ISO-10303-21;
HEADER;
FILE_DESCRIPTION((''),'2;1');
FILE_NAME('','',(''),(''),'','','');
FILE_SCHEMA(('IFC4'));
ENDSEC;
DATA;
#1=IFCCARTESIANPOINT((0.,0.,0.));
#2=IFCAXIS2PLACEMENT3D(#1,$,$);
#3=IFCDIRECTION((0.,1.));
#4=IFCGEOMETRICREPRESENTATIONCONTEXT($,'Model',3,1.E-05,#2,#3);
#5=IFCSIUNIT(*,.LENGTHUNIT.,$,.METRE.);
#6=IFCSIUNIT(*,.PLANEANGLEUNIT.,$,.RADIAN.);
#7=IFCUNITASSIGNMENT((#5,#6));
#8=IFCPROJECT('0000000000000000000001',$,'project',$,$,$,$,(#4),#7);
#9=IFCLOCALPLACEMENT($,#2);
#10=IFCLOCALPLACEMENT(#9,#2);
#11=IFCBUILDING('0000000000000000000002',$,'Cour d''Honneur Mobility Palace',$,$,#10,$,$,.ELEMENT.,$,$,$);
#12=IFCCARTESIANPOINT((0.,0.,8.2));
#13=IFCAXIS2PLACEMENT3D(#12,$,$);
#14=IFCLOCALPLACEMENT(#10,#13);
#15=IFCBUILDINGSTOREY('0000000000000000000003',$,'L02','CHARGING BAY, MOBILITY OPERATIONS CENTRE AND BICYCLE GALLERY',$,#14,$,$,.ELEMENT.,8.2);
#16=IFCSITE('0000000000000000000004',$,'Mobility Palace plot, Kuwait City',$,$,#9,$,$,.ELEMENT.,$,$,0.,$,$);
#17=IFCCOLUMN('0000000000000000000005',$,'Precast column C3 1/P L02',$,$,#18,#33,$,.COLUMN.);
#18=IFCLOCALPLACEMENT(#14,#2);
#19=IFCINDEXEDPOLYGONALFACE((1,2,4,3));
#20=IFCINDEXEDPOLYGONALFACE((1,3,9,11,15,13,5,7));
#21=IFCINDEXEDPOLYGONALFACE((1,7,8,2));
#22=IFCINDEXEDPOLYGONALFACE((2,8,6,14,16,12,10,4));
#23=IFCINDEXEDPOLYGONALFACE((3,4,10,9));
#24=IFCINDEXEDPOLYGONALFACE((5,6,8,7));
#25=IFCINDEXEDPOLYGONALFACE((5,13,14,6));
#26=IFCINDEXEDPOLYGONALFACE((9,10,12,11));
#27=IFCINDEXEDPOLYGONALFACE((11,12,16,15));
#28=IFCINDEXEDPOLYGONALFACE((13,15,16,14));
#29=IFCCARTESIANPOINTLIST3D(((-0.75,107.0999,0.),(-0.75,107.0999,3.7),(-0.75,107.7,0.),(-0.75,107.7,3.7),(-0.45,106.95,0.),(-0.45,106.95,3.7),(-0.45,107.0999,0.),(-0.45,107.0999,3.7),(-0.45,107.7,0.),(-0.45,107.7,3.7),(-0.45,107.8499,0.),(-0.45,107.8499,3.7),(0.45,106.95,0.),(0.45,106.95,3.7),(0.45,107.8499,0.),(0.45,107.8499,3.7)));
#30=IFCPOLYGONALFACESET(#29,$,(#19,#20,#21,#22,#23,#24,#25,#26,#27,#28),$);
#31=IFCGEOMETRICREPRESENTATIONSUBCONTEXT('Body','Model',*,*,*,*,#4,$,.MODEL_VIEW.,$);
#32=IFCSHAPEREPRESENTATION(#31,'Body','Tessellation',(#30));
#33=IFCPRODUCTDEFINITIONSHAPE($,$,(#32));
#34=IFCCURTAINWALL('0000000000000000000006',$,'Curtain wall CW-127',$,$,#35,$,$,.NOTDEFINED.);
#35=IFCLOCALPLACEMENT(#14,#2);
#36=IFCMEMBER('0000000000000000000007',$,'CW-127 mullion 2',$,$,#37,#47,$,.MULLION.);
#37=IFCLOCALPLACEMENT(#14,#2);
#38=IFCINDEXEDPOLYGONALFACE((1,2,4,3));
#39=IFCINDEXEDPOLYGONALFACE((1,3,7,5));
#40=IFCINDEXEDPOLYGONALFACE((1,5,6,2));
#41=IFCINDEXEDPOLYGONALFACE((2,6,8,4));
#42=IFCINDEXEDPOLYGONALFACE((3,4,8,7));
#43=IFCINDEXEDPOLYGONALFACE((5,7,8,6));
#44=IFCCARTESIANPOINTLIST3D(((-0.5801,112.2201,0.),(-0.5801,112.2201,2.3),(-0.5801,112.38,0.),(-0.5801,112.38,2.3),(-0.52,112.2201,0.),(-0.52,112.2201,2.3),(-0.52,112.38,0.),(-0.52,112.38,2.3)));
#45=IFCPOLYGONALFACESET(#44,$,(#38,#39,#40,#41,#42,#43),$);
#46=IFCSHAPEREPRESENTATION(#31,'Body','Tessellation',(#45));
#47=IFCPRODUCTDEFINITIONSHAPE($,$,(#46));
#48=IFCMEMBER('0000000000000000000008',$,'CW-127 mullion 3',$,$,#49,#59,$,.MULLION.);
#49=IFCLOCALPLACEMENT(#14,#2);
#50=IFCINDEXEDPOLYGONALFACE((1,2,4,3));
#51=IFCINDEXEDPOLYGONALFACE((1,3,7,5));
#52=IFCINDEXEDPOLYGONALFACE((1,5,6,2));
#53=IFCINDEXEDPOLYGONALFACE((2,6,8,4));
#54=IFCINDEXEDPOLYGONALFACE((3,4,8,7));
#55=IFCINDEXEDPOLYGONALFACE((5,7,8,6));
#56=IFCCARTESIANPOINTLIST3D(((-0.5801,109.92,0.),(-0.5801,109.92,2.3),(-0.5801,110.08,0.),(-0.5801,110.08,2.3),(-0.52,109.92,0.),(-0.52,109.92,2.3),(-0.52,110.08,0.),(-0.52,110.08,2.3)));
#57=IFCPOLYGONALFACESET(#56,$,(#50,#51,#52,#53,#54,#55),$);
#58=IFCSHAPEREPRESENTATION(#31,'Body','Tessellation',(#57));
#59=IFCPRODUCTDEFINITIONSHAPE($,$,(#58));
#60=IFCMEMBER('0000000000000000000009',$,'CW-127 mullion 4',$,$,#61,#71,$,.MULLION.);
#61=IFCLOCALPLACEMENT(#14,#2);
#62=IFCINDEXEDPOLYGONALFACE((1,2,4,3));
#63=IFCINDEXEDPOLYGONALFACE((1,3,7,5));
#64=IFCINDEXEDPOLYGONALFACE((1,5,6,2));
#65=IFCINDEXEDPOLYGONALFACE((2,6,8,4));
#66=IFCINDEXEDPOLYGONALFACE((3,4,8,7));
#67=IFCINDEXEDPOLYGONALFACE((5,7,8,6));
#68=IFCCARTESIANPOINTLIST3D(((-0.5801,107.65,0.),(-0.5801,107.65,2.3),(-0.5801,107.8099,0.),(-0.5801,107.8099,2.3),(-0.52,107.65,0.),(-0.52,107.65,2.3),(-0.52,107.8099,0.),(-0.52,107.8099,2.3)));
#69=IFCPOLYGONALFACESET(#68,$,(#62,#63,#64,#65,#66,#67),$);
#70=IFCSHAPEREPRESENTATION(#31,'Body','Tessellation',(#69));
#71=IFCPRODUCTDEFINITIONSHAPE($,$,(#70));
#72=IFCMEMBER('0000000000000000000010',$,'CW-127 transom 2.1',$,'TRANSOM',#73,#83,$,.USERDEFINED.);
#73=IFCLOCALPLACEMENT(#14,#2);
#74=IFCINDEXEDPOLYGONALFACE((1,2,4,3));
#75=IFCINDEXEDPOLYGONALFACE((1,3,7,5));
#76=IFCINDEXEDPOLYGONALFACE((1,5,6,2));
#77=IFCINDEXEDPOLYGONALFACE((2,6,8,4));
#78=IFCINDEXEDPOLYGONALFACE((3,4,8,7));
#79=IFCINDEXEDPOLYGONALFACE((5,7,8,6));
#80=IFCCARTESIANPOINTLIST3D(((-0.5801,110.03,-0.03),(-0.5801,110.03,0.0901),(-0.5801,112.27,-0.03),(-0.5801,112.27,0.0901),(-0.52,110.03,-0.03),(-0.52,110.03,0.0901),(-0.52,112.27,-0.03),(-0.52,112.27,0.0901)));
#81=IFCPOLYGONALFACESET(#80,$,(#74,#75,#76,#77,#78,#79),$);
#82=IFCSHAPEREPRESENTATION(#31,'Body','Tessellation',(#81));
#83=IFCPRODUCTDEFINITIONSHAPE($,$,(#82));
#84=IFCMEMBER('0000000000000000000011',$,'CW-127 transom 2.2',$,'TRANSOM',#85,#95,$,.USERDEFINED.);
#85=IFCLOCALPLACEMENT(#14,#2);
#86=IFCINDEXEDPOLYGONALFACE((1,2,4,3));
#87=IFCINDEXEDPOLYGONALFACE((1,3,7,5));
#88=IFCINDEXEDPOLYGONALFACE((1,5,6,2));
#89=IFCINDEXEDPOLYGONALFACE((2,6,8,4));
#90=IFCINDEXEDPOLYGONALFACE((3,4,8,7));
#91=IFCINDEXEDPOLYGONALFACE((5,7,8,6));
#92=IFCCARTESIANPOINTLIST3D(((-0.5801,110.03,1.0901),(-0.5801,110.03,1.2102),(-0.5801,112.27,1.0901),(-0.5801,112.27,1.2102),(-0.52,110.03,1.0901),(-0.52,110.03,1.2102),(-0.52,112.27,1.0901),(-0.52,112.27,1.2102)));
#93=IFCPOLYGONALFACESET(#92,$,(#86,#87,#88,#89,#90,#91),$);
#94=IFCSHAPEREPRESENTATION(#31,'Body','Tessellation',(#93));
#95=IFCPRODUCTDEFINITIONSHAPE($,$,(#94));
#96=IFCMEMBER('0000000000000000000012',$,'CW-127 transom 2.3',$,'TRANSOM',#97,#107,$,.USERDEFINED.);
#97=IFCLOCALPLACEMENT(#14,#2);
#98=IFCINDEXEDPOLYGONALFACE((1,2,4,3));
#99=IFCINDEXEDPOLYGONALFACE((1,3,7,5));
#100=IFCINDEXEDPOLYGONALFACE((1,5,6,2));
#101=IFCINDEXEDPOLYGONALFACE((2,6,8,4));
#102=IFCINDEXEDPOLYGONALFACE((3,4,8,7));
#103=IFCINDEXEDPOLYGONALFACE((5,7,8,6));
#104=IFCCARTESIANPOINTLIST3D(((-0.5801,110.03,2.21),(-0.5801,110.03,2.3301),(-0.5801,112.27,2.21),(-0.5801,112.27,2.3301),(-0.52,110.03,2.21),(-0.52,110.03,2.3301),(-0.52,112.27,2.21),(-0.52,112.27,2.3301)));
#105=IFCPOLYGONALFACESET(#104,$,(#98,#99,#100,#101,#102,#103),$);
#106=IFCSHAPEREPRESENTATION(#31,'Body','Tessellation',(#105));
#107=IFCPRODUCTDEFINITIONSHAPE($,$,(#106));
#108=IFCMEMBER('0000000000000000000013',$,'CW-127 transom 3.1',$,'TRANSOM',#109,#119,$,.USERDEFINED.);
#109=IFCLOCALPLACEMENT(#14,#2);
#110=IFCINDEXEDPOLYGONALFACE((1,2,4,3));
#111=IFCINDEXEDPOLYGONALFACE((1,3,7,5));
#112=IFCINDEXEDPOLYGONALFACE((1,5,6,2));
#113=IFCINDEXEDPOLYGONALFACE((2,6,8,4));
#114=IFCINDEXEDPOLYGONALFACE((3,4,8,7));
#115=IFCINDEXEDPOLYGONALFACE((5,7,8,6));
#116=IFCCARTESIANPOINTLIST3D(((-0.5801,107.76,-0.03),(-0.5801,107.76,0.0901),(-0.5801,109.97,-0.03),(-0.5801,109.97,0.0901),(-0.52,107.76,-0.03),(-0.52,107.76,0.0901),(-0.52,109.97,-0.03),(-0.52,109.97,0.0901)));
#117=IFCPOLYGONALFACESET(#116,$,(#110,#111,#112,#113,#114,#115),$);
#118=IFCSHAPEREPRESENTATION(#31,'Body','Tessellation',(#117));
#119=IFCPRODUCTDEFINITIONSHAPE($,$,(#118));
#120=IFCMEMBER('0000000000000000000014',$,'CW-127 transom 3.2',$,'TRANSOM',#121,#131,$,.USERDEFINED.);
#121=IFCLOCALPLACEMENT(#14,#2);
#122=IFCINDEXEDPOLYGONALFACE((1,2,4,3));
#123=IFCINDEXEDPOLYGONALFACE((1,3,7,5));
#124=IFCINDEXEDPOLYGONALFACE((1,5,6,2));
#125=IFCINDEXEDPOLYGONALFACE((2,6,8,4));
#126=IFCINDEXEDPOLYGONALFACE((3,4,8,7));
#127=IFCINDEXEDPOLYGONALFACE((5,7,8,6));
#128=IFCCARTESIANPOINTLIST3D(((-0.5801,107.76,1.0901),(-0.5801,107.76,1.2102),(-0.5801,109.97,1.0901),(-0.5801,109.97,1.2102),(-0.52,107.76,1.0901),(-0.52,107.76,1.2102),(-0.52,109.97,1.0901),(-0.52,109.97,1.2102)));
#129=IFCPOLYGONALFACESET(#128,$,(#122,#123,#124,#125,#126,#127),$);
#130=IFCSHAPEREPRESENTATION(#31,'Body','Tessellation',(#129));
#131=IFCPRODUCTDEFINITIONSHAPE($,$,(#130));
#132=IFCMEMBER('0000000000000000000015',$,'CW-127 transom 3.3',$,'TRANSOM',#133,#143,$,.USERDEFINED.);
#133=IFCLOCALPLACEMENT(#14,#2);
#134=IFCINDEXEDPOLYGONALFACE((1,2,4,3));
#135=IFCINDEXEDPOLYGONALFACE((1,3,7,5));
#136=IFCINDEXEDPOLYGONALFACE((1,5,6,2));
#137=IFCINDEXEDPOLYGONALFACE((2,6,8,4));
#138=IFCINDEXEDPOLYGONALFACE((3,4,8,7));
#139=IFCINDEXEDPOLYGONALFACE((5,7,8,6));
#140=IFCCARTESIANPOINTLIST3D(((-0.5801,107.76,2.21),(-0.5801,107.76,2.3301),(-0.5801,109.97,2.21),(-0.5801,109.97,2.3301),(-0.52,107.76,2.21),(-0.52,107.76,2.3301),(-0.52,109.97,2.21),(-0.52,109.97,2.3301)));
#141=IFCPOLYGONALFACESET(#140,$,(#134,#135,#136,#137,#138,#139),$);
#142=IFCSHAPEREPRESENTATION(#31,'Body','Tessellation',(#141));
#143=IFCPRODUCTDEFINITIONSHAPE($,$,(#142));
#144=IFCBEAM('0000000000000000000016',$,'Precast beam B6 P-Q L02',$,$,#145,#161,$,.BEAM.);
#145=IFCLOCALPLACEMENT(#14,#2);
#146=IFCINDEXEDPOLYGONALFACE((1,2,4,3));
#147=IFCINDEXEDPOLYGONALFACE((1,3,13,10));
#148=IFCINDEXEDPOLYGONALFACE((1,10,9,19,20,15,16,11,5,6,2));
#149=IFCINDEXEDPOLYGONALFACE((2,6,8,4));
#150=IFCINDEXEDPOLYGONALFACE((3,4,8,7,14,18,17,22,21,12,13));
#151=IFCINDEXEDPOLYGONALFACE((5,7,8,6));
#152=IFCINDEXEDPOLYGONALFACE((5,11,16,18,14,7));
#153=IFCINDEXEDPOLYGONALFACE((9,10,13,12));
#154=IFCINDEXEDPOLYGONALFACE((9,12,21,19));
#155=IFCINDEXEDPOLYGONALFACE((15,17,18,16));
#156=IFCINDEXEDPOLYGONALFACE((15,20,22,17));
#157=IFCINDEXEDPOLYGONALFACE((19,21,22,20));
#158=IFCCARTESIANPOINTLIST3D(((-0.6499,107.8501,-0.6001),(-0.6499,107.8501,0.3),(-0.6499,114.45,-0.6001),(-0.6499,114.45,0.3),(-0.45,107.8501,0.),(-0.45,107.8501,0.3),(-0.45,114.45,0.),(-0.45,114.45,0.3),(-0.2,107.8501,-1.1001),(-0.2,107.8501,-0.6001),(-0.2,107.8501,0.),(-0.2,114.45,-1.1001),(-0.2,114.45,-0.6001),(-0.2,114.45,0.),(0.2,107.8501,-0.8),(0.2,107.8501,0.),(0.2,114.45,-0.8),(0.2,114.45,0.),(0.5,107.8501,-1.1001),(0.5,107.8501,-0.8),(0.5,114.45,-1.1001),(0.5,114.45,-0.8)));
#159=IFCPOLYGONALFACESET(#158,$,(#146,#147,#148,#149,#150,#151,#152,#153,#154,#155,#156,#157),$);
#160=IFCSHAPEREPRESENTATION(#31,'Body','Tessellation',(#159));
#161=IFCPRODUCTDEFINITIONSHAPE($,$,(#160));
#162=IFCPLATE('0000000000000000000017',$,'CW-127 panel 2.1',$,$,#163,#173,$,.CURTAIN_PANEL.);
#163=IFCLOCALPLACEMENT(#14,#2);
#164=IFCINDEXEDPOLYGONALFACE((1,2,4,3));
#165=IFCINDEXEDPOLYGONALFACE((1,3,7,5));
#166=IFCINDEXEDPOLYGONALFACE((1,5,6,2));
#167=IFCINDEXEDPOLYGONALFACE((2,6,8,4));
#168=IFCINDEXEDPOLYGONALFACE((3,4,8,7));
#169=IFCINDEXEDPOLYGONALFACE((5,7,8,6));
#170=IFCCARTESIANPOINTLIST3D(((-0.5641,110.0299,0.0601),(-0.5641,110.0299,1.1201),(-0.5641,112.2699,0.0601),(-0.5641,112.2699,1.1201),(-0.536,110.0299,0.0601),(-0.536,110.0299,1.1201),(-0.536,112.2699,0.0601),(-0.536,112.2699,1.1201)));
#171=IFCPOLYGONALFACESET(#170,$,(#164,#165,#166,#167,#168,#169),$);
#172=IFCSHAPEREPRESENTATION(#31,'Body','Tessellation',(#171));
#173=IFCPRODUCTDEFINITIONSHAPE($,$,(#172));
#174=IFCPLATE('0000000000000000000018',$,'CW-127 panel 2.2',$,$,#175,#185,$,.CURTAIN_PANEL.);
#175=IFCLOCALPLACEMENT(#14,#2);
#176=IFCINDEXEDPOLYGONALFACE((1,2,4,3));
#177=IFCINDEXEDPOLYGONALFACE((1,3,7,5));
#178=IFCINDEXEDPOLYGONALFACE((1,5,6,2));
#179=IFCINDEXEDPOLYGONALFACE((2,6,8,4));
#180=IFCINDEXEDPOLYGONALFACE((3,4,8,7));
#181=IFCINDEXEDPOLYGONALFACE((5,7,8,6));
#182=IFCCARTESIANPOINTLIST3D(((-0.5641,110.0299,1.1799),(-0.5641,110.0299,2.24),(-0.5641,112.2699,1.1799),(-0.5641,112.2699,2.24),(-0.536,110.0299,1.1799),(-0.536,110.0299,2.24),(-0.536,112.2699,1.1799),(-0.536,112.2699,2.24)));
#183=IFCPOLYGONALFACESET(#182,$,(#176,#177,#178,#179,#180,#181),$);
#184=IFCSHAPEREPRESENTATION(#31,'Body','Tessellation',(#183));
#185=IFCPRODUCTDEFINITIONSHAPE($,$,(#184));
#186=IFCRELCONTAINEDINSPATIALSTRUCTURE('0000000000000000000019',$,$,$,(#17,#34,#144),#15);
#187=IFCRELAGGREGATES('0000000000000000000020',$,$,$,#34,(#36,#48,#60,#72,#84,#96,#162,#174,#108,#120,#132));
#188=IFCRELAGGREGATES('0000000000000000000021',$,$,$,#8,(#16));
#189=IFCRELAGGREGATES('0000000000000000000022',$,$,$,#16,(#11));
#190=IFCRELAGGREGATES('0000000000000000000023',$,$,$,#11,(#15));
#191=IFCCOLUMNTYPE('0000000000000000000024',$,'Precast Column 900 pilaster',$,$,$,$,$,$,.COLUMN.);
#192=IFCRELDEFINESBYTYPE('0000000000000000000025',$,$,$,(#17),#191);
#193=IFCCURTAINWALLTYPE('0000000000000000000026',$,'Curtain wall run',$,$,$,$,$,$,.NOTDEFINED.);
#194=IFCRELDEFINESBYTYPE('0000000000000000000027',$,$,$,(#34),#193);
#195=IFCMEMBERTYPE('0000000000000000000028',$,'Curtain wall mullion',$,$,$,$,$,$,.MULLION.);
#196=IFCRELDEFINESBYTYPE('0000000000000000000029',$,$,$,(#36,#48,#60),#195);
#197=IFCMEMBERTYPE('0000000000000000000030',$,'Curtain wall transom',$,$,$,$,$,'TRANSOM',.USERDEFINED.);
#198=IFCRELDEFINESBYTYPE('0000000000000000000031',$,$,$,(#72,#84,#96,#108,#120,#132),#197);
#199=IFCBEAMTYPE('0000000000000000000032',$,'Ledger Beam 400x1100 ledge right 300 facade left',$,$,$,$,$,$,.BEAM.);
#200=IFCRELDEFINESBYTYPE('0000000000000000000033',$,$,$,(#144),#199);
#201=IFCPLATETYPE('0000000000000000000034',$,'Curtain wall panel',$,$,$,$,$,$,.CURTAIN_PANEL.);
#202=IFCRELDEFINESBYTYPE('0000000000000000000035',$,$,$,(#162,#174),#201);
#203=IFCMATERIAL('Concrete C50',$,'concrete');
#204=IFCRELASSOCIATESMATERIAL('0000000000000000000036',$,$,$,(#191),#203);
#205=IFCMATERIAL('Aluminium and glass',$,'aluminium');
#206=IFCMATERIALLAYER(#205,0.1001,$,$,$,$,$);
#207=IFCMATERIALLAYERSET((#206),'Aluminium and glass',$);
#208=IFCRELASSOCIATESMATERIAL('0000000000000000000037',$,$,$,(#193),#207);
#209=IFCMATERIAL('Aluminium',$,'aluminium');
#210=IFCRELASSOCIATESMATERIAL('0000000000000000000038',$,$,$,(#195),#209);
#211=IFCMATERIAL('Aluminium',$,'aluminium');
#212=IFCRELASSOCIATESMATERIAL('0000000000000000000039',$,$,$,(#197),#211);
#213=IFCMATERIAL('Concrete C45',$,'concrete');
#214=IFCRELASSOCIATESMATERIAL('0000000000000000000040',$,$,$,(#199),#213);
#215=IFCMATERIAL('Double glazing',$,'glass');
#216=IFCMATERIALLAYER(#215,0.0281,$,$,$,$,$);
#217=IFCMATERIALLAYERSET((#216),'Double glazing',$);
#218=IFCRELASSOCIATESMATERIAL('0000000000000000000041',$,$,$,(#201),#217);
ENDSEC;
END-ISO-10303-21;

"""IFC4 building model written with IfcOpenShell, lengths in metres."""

from ifc_helpers import new_model, si_unit, direction, frame, origin, origin_2d, place, context, subcontext, project, spatial, polyline, rectangle, outline, extrude, material, layer, layer_set, material_profile, profile_set, type_object, element, aggregate, save


model = new_model("IFC4")

# Units and contexts
model_context = context("Model", 3, precision=1e-05, world=origin(), true_north=direction((0.0, 1.0)))
body_context = subcontext(model_context, "Body", "Model", "MODEL_VIEW")
ifc_project = project(units=[si_unit("LENGTHUNIT", "METRE"), si_unit("PLANEANGLEUNIT", "RADIAN")], contexts=[model_context])

# Site, building, storey
site_placement = place(None, origin())
site = spatial("IfcSite", under=ifc_project, at=site_placement, Name="Mobility Palace plot, Kuwait City", CompositionType="ELEMENT", RefElevation=0.0)
building_placement = place(site_placement, origin())
building = spatial("IfcBuilding", under=site, at=building_placement, Name="Cour d'Honneur Mobility Palace", CompositionType="ELEMENT")
storey_placement = place(building_placement, frame((0.0, 0.0, 8.2)))
storey = spatial("IfcBuildingStorey", under=building, at=storey_placement, Name="L02", Description="CHARGING BAY, MOBILITY OPERATIONS CENTRE AND BICYCLE GALLERY", CompositionType="ELEMENT", Elevation=8.2)

# Column
ifc_material_1 = material(Name="Concrete C50", Category="concrete")
ifc_material_profile_1 = material_profile(ifc_material_1, outline(polyline([(-0.45, -0.45), (0.45, -0.45), (0.45, -0.3), (0.75, -0.3), (0.75, 0.3), (0.45, 0.3), (0.45, 0.45), (-0.45, 0.45), (-0.45, -0.45)])), Name="PC C900 pilaster")
ifc_profile_set_1 = profile_set([ifc_material_profile_1], Name="Concrete C50")
column_type = type_object("IfcColumnType", Name="Precast Column 900 pilaster", PredefinedType="COLUMN", material=ifc_profile_set_1)
column_placement = place(storey_placement, frame((0.0, 107.3999, 0.0), z_axis=(0.0, 0.0, 1.0), x_axis=(-1.0, 0.0, 0.0)))
element("IfcColumn", 1, at=column_placement, inside=storey, type_object=column_type, Name="Precast column C3 1/P L02", PredefinedType="COLUMN", context=body_context, shape_type="SweptSolid", body=[
    extrude(outline(polyline([(-0.45, -0.45), (0.45, -0.45), (0.45, -0.3), (0.75, -0.3), (0.75, 0.3), (0.45, 0.3), (0.45, 0.45), (-0.45, 0.45), (-0.45, -0.45)])), origin(), (0.0, 0.0, 1.0), 3.7),
])

# Curtain wall, members
ifc_material_2 = material(Name="Aluminium and glass", Category="aluminium")
ifc_layer_1 = layer(ifc_material_2, 0.1001)
ifc_layer_set_1 = layer_set([ifc_layer_1], Name="Aluminium and glass")
curtain_wall_type = type_object("IfcCurtainWallType", Name="Curtain wall run", PredefinedType="NOTDEFINED", material=ifc_layer_set_1)
curtain_wall_placement = place(storey_placement, origin())
curtain_wall = element("IfcCurtainWall", 2, at=curtain_wall_placement, inside=storey, type_object=curtain_wall_type, Name="Curtain wall CW-127", PredefinedType="NOTDEFINED")
ifc_material_3 = material(Name="Aluminium", Category="aluminium")
ifc_material_profile_2 = material_profile(ifc_material_3, rectangle(XDim=0.0601, YDim=0.1599, at=origin_2d()), Name="Curtain wall mullion")
ifc_profile_set_2 = profile_set([ifc_material_profile_2], Name="Aluminium")
member_type_1 = type_object("IfcMemberType", Name="Curtain wall mullion", PredefinedType="MULLION", material=ifc_profile_set_2)
member_1_placement = place(storey_placement, frame((-0.55, 112.3, 0.0), z_axis=(0.0, 0.0, 1.0), x_axis=(1.0, 0.0, 0.0)))
member_1 = element("IfcMember", 3, at=member_1_placement, type_object=member_type_1, Name="CW-127 mullion 2", PredefinedType="MULLION", context=body_context, shape_type="SweptSolid", body=[
    extrude(rectangle(XDim=0.0601, YDim=0.1599, at=origin_2d()), origin(), (0.0, 0.0, 1.0), 2.3),
])
member_2_placement = place(storey_placement, frame((-0.55, 110.0, 0.0), z_axis=(0.0, 0.0, 1.0), x_axis=(1.0, 0.0, 0.0)))
member_2 = element("IfcMember", 4, at=member_2_placement, type_object=member_type_1, Name="CW-127 mullion 3", PredefinedType="MULLION", context=body_context, shape_type="SweptSolid", body=[
    extrude(rectangle(XDim=0.0601, YDim=0.1599, at=origin_2d()), origin(), (0.0, 0.0, 1.0), 2.3),
])
member_3_placement = place(storey_placement, frame((-0.55, 107.73, 0.0), z_axis=(0.0, 0.0, 1.0), x_axis=(1.0, 0.0, 0.0)))
member_3 = element("IfcMember", 5, at=member_3_placement, type_object=member_type_1, Name="CW-127 mullion 4", PredefinedType="MULLION", context=body_context, shape_type="SweptSolid", body=[
    extrude(rectangle(XDim=0.0601, YDim=0.1599, at=origin_2d()), origin(), (0.0, 0.0, 1.0), 2.3),
])
ifc_material_4 = material(Name="Aluminium", Category="aluminium")
ifc_material_profile_3 = material_profile(ifc_material_4, rectangle(XDim=0.0601, YDim=0.1201, at=origin_2d()), Name="Curtain wall transom")
ifc_profile_set_3 = profile_set([ifc_material_profile_3], Name="Aluminium")
member_type_2 = type_object("IfcMemberType", Name="Curtain wall transom", ElementType="TRANSOM", PredefinedType="USERDEFINED", material=ifc_profile_set_3)
member_4_placement = place(storey_placement, frame((-0.55, 112.27, 0.03), z_axis=(0.0, -1.0, 0.0), x_axis=(1.0, 0.0, 0.0)))
member_4 = element("IfcMember", 6, at=member_4_placement, type_object=member_type_2, Name="CW-127 transom 2.1", ObjectType="TRANSOM", PredefinedType="USERDEFINED", context=body_context, shape_type="SweptSolid", body=[
    extrude(rectangle(XDim=0.0601, YDim=0.1201, at=origin_2d()), origin(), (0.0, 0.0, 1.0), 2.24),
])
member_5_placement = place(storey_placement, frame((-0.55, 112.27, 1.1501), z_axis=(0.0, -1.0, 0.0), x_axis=(1.0, 0.0, 0.0)))
member_5 = element("IfcMember", 7, at=member_5_placement, type_object=member_type_2, Name="CW-127 transom 2.2", ObjectType="TRANSOM", PredefinedType="USERDEFINED", context=body_context, shape_type="SweptSolid", body=[
    extrude(rectangle(XDim=0.0601, YDim=0.1201, at=origin_2d()), origin(), (0.0, 0.0, 1.0), 2.24),
])
member_6_placement = place(storey_placement, frame((-0.55, 112.27, 2.27), z_axis=(0.0, -1.0, 0.0), x_axis=(1.0, 0.0, 0.0)))
member_6 = element("IfcMember", 8, at=member_6_placement, type_object=member_type_2, Name="CW-127 transom 2.3", ObjectType="TRANSOM", PredefinedType="USERDEFINED", context=body_context, shape_type="SweptSolid", body=[
    extrude(rectangle(XDim=0.0601, YDim=0.1201, at=origin_2d()), origin(), (0.0, 0.0, 1.0), 2.24),
])
member_7_placement = place(storey_placement, frame((-0.55, 109.97, 0.03), z_axis=(0.0, -1.0, 0.0), x_axis=(1.0, 0.0, 0.0)))
member_7 = element("IfcMember", 9, at=member_7_placement, type_object=member_type_2, Name="CW-127 transom 3.1", ObjectType="TRANSOM", PredefinedType="USERDEFINED", context=body_context, shape_type="SweptSolid", body=[
    extrude(rectangle(XDim=0.0601, YDim=0.1201, at=origin_2d()), origin(), (0.0, 0.0, 1.0), 2.21),
])
member_8_placement = place(storey_placement, frame((-0.55, 109.97, 1.1501), z_axis=(0.0, -1.0, 0.0), x_axis=(1.0, 0.0, 0.0)))
member_8 = element("IfcMember", 10, at=member_8_placement, type_object=member_type_2, Name="CW-127 transom 3.2", ObjectType="TRANSOM", PredefinedType="USERDEFINED", context=body_context, shape_type="SweptSolid", body=[
    extrude(rectangle(XDim=0.0601, YDim=0.1201, at=origin_2d()), origin(), (0.0, 0.0, 1.0), 2.21),
])
member_9_placement = place(storey_placement, frame((-0.55, 109.97, 2.27), z_axis=(0.0, -1.0, 0.0), x_axis=(1.0, 0.0, 0.0)))
member_9 = element("IfcMember", 11, at=member_9_placement, type_object=member_type_2, Name="CW-127 transom 3.3", ObjectType="TRANSOM", PredefinedType="USERDEFINED", context=body_context, shape_type="SweptSolid", body=[
    extrude(rectangle(XDim=0.0601, YDim=0.1201, at=origin_2d()), origin(), (0.0, 0.0, 1.0), 2.21),
])

# Beam
ifc_material_5 = material(Name="Concrete C45", Category="concrete")
ifc_material_profile_4 = material_profile(ifc_material_5, outline(polyline([(0.2, -1.1001), (0.2, -0.6001), (0.6499, -0.6001), (0.6499, 0.3), (0.45, 0.3), (0.45, 0.0), (0.2, 0.0), (-0.2, 0.0), (-0.2, -0.8), (-0.5, -0.8), (-0.5, -1.1001), (0.2, -1.1001)])), Name="Ledger Beam 400x1100 ledge right 300 facade left")
ifc_profile_set_4 = profile_set([ifc_material_profile_4], Name="Concrete C45")
beam_type = type_object("IfcBeamType", Name="Ledger Beam 400x1100 ledge right 300 facade left", PredefinedType="BEAM", material=ifc_profile_set_4)
beam_placement = place(storey_placement, frame((0.0, 107.8501, 0.0), z_axis=(0.0, 1.0, 0.0), x_axis=(-1.0, 0.0, 0.0)))
element("IfcBeam", 12, at=beam_placement, inside=storey, type_object=beam_type, Name="Precast beam B6 P-Q L02", PredefinedType="BEAM", context=body_context, shape_type="SweptSolid", body=[
    extrude(outline(polyline([(0.2, -1.1001), (0.2, -0.6001), (0.6499, -0.6001), (0.6499, 0.3), (0.45, 0.3), (0.45, 0.0), (0.2, 0.0), (-0.2, 0.0), (-0.2, -0.8), (-0.5, -0.8), (-0.5, -1.1001), (0.2, -1.1001)])), origin(), (0.0, 0.0, 1.0), 6.5999),
])

# Plates
ifc_material_6 = material(Name="Double glazing", Category="glass")
ifc_layer_2 = layer(ifc_material_6, 0.0281)
ifc_layer_set_2 = layer_set([ifc_layer_2], Name="Double glazing")
plate_type = type_object("IfcPlateType", Name="Curtain wall panel", PredefinedType="CURTAIN_PANEL", material=ifc_layer_set_2)
plate_1_placement = place(storey_placement, frame((-0.55, 111.1499, 0.0601), z_axis=(0.0, 0.0, 1.0), x_axis=(0.0, -1.0, 0.0)))
plate_1 = element("IfcPlate", 13, at=plate_1_placement, type_object=plate_type, Name="CW-127 panel 2.1", PredefinedType="CURTAIN_PANEL", context=body_context, shape_type="SweptSolid", body=[
    extrude(rectangle(XDim=2.24, YDim=0.0281, at=origin_2d()), origin(), (0.0, 0.0, 1.0), 1.0601),
])
plate_2_placement = place(storey_placement, frame((-0.55, 111.1499, 1.1799), z_axis=(0.0, 0.0, 1.0), x_axis=(0.0, -1.0, 0.0)))
plate_2 = element("IfcPlate", 14, at=plate_2_placement, type_object=plate_type, Name="CW-127 panel 2.2", PredefinedType="CURTAIN_PANEL", context=body_context, shape_type="SweptSolid", body=[
    extrude(rectangle(XDim=2.24, YDim=0.0281, at=origin_2d()), origin(), (0.0, 0.0, 1.0), 1.0601),
])
aggregate(curtain_wall, [member_1, member_2, member_3, member_4, member_5, member_6, plate_1, plate_2, member_7, member_8, member_9])

save(model, "model.ifc")
